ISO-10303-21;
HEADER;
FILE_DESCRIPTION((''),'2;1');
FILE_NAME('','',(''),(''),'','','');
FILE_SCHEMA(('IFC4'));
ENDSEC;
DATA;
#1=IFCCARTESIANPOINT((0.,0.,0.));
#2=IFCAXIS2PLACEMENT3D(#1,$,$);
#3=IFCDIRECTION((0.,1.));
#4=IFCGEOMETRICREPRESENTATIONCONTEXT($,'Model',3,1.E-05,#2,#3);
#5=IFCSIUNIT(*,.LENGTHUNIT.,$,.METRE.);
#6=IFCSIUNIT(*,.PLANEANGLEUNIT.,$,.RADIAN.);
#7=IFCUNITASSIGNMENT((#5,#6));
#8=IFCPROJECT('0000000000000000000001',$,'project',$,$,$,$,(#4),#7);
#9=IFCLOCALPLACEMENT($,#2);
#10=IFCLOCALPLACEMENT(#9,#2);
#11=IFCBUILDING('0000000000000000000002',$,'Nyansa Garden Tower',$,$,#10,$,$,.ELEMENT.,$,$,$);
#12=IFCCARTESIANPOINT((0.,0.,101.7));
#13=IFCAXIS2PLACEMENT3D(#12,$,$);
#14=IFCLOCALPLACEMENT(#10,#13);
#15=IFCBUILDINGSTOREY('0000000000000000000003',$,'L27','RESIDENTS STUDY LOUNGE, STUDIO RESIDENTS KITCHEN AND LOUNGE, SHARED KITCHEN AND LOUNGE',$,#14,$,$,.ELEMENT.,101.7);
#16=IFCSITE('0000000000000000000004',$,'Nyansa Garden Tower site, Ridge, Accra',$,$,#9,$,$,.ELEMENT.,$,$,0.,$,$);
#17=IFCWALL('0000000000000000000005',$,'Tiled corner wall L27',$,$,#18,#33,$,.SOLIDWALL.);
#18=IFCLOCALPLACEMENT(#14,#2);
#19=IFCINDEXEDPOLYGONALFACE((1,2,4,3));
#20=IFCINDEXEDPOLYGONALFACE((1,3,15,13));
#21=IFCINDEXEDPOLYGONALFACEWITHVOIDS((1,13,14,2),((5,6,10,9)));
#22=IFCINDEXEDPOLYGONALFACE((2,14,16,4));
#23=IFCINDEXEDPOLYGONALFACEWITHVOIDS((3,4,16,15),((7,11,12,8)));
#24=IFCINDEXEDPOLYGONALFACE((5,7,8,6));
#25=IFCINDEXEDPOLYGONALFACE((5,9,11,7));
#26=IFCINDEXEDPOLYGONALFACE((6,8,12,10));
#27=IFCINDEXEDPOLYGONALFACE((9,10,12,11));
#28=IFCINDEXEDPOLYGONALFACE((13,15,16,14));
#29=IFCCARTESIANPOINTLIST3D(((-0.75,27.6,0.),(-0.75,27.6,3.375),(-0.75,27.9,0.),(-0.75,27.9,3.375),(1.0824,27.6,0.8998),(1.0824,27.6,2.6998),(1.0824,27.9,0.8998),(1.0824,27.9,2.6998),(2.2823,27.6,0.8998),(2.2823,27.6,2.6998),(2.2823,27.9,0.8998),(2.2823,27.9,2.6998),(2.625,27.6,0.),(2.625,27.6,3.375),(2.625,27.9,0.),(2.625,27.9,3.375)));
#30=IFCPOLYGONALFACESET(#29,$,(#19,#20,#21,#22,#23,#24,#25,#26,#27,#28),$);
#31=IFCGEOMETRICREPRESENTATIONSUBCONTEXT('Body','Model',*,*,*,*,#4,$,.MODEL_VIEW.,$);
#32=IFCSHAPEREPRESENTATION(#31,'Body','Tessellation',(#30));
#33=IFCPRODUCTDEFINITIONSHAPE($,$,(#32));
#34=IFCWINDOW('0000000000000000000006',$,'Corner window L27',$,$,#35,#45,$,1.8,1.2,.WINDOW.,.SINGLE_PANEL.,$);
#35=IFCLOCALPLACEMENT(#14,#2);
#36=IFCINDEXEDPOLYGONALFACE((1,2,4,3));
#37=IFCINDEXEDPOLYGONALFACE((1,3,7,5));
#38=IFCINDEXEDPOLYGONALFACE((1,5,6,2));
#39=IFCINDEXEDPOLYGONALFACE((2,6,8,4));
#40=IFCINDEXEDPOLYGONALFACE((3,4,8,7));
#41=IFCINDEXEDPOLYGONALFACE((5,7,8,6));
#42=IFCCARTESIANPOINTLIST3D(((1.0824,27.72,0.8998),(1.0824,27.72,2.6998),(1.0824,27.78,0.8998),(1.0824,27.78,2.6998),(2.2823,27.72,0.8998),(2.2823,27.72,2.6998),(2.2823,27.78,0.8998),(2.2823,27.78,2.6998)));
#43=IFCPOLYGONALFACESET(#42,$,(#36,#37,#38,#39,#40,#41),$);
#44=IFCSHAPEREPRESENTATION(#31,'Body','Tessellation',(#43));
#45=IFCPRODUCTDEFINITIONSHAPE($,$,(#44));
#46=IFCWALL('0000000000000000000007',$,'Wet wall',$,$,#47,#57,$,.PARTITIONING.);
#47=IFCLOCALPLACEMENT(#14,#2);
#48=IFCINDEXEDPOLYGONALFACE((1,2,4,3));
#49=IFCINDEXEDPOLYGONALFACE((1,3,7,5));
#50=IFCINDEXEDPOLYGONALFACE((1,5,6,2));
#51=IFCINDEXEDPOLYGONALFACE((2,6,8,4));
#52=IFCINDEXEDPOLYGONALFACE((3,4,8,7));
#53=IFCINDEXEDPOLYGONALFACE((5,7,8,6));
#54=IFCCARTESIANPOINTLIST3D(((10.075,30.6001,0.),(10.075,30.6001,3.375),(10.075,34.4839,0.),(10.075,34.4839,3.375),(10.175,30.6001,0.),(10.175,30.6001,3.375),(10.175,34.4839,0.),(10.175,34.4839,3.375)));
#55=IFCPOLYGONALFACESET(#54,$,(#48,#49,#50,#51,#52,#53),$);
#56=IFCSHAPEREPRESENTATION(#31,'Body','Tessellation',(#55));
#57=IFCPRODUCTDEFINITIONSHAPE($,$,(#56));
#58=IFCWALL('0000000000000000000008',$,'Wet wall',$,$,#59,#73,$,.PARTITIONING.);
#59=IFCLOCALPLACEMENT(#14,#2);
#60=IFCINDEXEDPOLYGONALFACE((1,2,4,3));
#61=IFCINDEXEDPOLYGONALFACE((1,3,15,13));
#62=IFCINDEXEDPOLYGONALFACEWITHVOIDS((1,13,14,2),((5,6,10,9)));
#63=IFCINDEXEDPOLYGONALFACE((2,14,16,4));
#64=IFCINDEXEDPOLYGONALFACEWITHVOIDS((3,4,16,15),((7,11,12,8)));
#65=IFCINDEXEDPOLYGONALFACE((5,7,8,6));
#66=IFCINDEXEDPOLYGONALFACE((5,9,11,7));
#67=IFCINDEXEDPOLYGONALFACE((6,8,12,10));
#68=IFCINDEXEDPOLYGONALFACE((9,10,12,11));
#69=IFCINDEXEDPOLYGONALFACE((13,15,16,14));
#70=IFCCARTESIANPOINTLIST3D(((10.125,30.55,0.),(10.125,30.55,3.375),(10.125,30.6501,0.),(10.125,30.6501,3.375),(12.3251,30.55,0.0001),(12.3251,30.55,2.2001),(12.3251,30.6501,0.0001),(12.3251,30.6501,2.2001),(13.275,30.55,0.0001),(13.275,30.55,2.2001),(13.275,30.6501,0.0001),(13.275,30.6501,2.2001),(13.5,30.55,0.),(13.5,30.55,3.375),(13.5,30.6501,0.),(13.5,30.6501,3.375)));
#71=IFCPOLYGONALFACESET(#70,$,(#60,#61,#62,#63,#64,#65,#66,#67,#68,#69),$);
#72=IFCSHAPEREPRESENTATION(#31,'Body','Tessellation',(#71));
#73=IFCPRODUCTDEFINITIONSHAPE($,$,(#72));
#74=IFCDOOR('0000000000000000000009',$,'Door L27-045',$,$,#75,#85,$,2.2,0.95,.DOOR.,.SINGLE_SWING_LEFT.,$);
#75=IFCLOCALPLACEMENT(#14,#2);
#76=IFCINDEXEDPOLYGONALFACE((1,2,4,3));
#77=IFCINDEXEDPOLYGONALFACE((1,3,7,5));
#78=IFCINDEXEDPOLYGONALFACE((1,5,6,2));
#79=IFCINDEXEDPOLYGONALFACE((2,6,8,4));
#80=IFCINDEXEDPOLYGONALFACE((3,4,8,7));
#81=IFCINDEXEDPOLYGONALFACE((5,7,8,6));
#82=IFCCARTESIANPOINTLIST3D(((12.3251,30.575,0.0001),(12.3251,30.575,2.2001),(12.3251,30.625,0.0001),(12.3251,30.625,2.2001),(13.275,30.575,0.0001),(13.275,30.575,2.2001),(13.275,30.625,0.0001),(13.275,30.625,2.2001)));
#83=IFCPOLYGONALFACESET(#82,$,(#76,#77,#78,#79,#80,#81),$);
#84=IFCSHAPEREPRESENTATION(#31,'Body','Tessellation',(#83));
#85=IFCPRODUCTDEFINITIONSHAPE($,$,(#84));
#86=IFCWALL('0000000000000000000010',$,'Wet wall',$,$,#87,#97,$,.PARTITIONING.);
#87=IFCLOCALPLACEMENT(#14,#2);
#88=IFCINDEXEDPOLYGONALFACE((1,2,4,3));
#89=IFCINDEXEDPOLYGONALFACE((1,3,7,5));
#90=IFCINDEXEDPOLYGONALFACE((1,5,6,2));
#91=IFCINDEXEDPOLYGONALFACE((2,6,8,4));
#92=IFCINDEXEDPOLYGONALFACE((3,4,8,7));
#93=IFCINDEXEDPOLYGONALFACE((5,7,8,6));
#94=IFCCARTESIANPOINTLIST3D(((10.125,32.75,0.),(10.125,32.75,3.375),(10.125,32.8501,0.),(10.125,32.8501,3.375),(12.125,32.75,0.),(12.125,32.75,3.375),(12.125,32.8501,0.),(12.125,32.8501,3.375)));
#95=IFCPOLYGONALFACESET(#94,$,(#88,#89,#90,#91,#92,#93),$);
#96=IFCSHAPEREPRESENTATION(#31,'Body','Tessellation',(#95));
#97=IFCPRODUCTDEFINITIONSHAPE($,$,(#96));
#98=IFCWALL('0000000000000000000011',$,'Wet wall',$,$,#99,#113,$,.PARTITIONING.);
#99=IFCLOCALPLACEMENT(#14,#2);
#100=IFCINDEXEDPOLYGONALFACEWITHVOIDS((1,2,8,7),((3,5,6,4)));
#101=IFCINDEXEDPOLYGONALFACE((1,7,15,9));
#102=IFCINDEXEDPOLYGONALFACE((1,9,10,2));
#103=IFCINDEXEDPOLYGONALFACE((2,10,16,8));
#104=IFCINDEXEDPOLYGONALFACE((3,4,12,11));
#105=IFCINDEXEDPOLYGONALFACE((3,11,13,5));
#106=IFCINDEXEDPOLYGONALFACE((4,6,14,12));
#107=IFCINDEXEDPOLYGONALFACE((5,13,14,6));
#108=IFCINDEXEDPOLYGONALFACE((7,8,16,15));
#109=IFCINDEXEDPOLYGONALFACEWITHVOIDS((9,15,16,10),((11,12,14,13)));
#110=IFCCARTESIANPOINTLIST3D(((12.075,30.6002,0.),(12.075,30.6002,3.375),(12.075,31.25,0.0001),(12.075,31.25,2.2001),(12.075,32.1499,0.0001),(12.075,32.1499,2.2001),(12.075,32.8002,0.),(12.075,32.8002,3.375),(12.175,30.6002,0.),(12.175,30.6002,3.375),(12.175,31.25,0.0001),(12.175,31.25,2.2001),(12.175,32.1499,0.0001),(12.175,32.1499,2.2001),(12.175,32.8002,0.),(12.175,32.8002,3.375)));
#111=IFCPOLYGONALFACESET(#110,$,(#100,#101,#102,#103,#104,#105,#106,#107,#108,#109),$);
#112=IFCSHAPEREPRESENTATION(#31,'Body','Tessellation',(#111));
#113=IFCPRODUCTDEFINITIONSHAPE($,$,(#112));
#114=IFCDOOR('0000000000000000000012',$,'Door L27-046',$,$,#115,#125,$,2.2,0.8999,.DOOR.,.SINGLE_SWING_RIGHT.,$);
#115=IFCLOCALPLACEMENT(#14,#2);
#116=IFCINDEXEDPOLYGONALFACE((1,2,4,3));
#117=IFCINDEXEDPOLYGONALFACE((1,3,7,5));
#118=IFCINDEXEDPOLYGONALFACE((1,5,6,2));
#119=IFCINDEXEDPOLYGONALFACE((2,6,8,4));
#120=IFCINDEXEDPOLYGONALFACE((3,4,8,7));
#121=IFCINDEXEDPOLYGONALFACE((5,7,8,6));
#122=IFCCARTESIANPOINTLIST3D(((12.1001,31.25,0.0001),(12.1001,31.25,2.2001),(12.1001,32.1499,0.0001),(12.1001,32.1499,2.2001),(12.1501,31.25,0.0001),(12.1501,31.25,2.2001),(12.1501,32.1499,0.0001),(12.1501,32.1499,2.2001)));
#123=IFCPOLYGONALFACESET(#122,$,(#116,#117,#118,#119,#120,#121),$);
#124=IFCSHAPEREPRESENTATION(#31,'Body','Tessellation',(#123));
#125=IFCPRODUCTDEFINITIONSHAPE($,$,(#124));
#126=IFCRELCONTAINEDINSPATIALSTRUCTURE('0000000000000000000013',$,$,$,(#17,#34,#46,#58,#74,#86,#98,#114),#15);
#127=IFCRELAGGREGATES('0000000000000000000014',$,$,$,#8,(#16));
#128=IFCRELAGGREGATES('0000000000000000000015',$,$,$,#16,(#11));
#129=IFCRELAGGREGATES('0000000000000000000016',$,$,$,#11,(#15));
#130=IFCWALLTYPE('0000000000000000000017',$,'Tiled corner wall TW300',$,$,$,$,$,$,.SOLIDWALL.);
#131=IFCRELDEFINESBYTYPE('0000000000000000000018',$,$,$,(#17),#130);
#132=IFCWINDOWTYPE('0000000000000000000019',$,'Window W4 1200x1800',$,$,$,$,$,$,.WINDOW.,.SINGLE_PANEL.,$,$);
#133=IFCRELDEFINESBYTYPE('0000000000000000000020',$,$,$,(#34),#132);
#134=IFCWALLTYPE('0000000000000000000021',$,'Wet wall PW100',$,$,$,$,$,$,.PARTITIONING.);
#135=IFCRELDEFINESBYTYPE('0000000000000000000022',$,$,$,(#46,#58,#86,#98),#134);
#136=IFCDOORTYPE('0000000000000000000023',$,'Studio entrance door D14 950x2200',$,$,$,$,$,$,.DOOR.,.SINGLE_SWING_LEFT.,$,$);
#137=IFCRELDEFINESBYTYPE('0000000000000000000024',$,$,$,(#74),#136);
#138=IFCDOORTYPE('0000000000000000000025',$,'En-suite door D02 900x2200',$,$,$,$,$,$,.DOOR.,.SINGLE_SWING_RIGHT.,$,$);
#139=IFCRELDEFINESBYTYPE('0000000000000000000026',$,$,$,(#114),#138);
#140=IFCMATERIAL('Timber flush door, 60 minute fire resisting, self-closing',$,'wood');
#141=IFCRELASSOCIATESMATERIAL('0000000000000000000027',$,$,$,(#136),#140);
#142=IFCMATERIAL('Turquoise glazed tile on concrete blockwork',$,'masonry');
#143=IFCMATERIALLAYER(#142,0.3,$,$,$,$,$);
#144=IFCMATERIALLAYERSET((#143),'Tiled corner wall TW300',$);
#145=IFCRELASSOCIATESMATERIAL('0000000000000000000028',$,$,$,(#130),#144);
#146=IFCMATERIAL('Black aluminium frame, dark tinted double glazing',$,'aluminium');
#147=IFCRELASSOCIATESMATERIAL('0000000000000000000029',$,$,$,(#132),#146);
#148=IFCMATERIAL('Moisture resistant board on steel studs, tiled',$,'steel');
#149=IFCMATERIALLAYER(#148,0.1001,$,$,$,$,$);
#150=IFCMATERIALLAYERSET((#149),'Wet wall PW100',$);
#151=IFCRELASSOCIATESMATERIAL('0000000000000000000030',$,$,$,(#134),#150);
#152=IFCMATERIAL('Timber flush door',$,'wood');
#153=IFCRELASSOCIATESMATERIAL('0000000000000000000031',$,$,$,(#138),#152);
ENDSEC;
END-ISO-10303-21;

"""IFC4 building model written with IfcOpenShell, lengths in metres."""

from ifc_helpers import new_model, si_unit, direction, frame, frame_2d, origin, place, context, subcontext, project, spatial, rectangle, extrude, material, layer, layer_set, type_object, element, fill, save


model = new_model("IFC4")

# Units and contexts
model_context = context("Model", 3, precision=1e-05, world=origin(), true_north=direction((0.0, 1.0)))
body_context = subcontext(model_context, "Body", "Model", "MODEL_VIEW")
ifc_project = project(units=[si_unit("LENGTHUNIT", "METRE"), si_unit("PLANEANGLEUNIT", "RADIAN")], contexts=[model_context])

# Site, building, storey
site_placement = place(None, origin())
site = spatial("IfcSite", under=ifc_project, at=site_placement, Name="Nyansa Garden Tower site, Ridge, Accra", CompositionType="ELEMENT", RefElevation=0.0)
building_placement = place(site_placement, origin())
building = spatial("IfcBuilding", under=site, at=building_placement, Name="Nyansa Garden Tower", CompositionType="ELEMENT")
storey_placement = place(building_placement, frame((0.0, 0.0, 101.7)))
storey = spatial("IfcBuildingStorey", under=building, at=storey_placement, Name="L27", Description="RESIDENTS STUDY LOUNGE, STUDIO RESIDENTS KITCHEN AND LOUNGE, SHARED KITCHEN AND LOUNGE", CompositionType="ELEMENT", Elevation=101.7)

# Shared definitions
ifc_material_1 = material(Name="Timber flush door, 60 minute fire resisting, self-closing", Category="wood")
door_type_1 = type_object("IfcDoorType", Name="Studio entrance door D14 950x2200", OperationType="SINGLE_SWING_LEFT", PredefinedType="DOOR", material=ifc_material_1)

# Wall, opening, window
ifc_material_2 = material(Name="Turquoise glazed tile on concrete blockwork", Category="masonry")
ifc_layer_1 = layer(ifc_material_2, 0.3)
ifc_layer_set_1 = layer_set([ifc_layer_1], Name="Tiled corner wall TW300")
wall_type_1 = type_object("IfcWallType", Name="Tiled corner wall TW300", PredefinedType="SOLIDWALL", material=ifc_layer_set_1)
ifc_material_3 = material(Name="Black aluminium frame, dark tinted double glazing", Category="aluminium")
window_type_1 = type_object("IfcWindowType", Name="Window W4 1200x1800", PartitioningType="SINGLE_PANEL", PredefinedType="WINDOW", material=ifc_material_3)
wall_1_placement = place(storey_placement, frame((2.625, 27.75, 0.0), z_axis=(0.0, 0.0, 1.0), x_axis=(-1.0, 0.0, 0.0)))
wall_1 = element("IfcWall", 1, at=wall_1_placement, inside=storey, type_object=wall_type_1, Name="Tiled corner wall L27", PredefinedType="SOLIDWALL", context=body_context, shape_type="SweptSolid", body=[
    extrude(rectangle(XDim=3.375, YDim=0.3, at=frame_2d((1.6875, 0.0))), origin(), (0.0, 0.0, 1.0), 3.375),
])
opening_1_placement = place(wall_1_placement, frame((0.3425, 0.0, 0.8999)))
opening_1 = element("IfcOpeningElement", 2, at=opening_1_placement, cuts=wall_1, PredefinedType="OPENING", context=body_context, shape_type="SweptSolid", body=[
    extrude(rectangle(XDim=1.2, YDim=1.8, at=frame_2d((0.6001, 0.8999))), frame((0.0, 0.1599, 0.0), z_axis=(0.0, -1.0, 0.0), x_axis=(1.0, 0.0, 0.0)), (0.0, 0.0, 1.0), 0.3201),
])
window_1_placement = place(opening_1_placement, origin())
window_1 = element("IfcWindow", 3, at=window_1_placement, inside=storey, type_object=window_type_1, Name="Corner window L27", OverallHeight=1.8, OverallWidth=1.2, PartitioningType="SINGLE_PANEL", PredefinedType="WINDOW", context=body_context, shape_type="SweptSolid", body=[
    extrude(rectangle(XDim=1.2, YDim=1.8, at=frame_2d((0.6001, 0.8999))), frame((0.0, 0.03, 0.0), z_axis=(0.0, -1.0, 0.0), x_axis=(1.0, 0.0, 0.0)), (0.0, 0.0, 1.0), 0.0601),
])
fill(opening_1, window_1)

# Wall
ifc_material_4 = material(Name="Moisture resistant board on steel studs, tiled", Category="steel")
ifc_layer_2 = layer(ifc_material_4, 0.1001)
ifc_layer_set_2 = layer_set([ifc_layer_2], Name="Wet wall PW100")
wall_type_2 = type_object("IfcWallType", Name="Wet wall PW100", PredefinedType="PARTITIONING", material=ifc_layer_set_2)
wall_2_placement = place(storey_placement, frame((10.125, 30.6001, 0.0), z_axis=(0.0, 0.0, 1.0), x_axis=(0.0, 1.0, 0.0)))
element("IfcWall", 4, at=wall_2_placement, inside=storey, type_object=wall_type_2, Name="Wet wall", PredefinedType="PARTITIONING", context=body_context, shape_type="SweptSolid", body=[
    extrude(rectangle(XDim=3.8838, YDim=0.1001, at=frame_2d((1.9419, 0.0))), origin(), (0.0, 0.0, 1.0), 3.375),
])

# Wall, opening, door
wall_3_placement = place(storey_placement, frame((10.125, 30.6001, 0.0), z_axis=(0.0, 0.0, 1.0), x_axis=(1.0, 0.0, 0.0)))
wall_3 = element("IfcWall", 5, at=wall_3_placement, inside=storey, type_object=wall_type_2, Name="Wet wall", PredefinedType="PARTITIONING", context=body_context, shape_type="SweptSolid", body=[
    extrude(rectangle(XDim=3.375, YDim=0.1001, at=frame_2d((1.6875, 0.0))), origin(), (0.0, 0.0, 1.0), 3.375),
])
opening_2_placement = place(wall_3_placement, frame((2.2, 0.0, 0.0)))
opening_2 = element("IfcOpeningElement", 6, at=opening_2_placement, cuts=wall_3, PredefinedType="OPENING", context=body_context, shape_type="SweptSolid", body=[
    extrude(rectangle(XDim=0.95, YDim=2.2, at=frame_2d((0.4751, 1.1001))), frame((0.0, 0.0601, 0.0), z_axis=(0.0, -1.0, 0.0), x_axis=(1.0, 0.0, 0.0)), (0.0, 0.0, 1.0), 0.1201),
])
door_1_placement = place(opening_2_placement, origin())
door_1 = element("IfcDoor", 7, at=door_1_placement, inside=storey, type_object=door_type_1, Name="Door L27-045", OperationType="SINGLE_SWING_LEFT", OverallHeight=2.2, OverallWidth=0.95, PredefinedType="DOOR", context=body_context, shape_type="SweptSolid", body=[
    extrude(rectangle(XDim=0.95, YDim=2.2, at=frame_2d((0.4751, 1.1001))), frame((0.0, 0.0249, 0.0), z_axis=(0.0, -1.0, 0.0), x_axis=(1.0, 0.0, 0.0)), (0.0, 0.0, 1.0), 0.05),
])
fill(opening_2, door_1)

# Wall
wall_4_placement = place(storey_placement, frame((10.125, 32.8, 0.0), z_axis=(0.0, 0.0, 1.0), x_axis=(1.0, 0.0, 0.0)))
element("IfcWall", 8, at=wall_4_placement, inside=storey, type_object=wall_type_2, Name="Wet wall", PredefinedType="PARTITIONING", context=body_context, shape_type="SweptSolid", body=[
    extrude(rectangle(XDim=2.0, YDim=0.1001, at=frame_2d((1.0, 0.0))), origin(), (0.0, 0.0, 1.0), 3.375),
])

# Wall, opening, door
wall_5_placement = place(storey_placement, frame((12.125, 30.6001, 0.0), z_axis=(0.0, 0.0, 1.0), x_axis=(0.0, 1.0, 0.0)))
wall_5 = element("IfcWall", 9, at=wall_5_placement, inside=storey, type_object=wall_type_2, Name="Wet wall", PredefinedType="PARTITIONING", context=body_context, shape_type="SweptSolid", body=[
    extrude(rectangle(XDim=2.2, YDim=0.1001, at=frame_2d((1.1001, 0.0))), origin(), (0.0, 0.0, 1.0), 3.375),
])
opening_3_placement = place(wall_5_placement, frame((0.6499, 0.0, 0.0)))
opening_3 = element("IfcOpeningElement", 10, at=opening_3_placement, cuts=wall_5, PredefinedType="OPENING", context=body_context, shape_type="SweptSolid", body=[
    extrude(rectangle(XDim=0.8999, YDim=2.2, at=frame_2d((0.45, 1.1001))), frame((0.0, 0.0601, 0.0), z_axis=(0.0, -1.0, 0.0), x_axis=(1.0, 0.0, 0.0)), (0.0, 0.0, 1.0), 0.1201),
])
ifc_material_5 = material(Name="Timber flush door", Category="wood")
door_type_2 = type_object("IfcDoorType", Name="En-suite door D02 900x2200", OperationType="SINGLE_SWING_RIGHT", PredefinedType="DOOR", material=ifc_material_5)
door_2_placement = place(opening_3_placement, origin())
door_2 = element("IfcDoor", 11, at=door_2_placement, inside=storey, type_object=door_type_2, Name="Door L27-046", OperationType="SINGLE_SWING_RIGHT", OverallHeight=2.2, OverallWidth=0.8999, PredefinedType="DOOR", context=body_context, shape_type="SweptSolid", body=[
    extrude(rectangle(XDim=0.8999, YDim=2.2, at=frame_2d((0.45, 1.1001))), frame((0.0, 0.0249, 0.0), z_axis=(0.0, -1.0, 0.0), x_axis=(1.0, 0.0, 0.0)), (0.0, 0.0, 1.0), 0.05),
])
fill(opening_3, door_2)

save(model, "model.ifc")
